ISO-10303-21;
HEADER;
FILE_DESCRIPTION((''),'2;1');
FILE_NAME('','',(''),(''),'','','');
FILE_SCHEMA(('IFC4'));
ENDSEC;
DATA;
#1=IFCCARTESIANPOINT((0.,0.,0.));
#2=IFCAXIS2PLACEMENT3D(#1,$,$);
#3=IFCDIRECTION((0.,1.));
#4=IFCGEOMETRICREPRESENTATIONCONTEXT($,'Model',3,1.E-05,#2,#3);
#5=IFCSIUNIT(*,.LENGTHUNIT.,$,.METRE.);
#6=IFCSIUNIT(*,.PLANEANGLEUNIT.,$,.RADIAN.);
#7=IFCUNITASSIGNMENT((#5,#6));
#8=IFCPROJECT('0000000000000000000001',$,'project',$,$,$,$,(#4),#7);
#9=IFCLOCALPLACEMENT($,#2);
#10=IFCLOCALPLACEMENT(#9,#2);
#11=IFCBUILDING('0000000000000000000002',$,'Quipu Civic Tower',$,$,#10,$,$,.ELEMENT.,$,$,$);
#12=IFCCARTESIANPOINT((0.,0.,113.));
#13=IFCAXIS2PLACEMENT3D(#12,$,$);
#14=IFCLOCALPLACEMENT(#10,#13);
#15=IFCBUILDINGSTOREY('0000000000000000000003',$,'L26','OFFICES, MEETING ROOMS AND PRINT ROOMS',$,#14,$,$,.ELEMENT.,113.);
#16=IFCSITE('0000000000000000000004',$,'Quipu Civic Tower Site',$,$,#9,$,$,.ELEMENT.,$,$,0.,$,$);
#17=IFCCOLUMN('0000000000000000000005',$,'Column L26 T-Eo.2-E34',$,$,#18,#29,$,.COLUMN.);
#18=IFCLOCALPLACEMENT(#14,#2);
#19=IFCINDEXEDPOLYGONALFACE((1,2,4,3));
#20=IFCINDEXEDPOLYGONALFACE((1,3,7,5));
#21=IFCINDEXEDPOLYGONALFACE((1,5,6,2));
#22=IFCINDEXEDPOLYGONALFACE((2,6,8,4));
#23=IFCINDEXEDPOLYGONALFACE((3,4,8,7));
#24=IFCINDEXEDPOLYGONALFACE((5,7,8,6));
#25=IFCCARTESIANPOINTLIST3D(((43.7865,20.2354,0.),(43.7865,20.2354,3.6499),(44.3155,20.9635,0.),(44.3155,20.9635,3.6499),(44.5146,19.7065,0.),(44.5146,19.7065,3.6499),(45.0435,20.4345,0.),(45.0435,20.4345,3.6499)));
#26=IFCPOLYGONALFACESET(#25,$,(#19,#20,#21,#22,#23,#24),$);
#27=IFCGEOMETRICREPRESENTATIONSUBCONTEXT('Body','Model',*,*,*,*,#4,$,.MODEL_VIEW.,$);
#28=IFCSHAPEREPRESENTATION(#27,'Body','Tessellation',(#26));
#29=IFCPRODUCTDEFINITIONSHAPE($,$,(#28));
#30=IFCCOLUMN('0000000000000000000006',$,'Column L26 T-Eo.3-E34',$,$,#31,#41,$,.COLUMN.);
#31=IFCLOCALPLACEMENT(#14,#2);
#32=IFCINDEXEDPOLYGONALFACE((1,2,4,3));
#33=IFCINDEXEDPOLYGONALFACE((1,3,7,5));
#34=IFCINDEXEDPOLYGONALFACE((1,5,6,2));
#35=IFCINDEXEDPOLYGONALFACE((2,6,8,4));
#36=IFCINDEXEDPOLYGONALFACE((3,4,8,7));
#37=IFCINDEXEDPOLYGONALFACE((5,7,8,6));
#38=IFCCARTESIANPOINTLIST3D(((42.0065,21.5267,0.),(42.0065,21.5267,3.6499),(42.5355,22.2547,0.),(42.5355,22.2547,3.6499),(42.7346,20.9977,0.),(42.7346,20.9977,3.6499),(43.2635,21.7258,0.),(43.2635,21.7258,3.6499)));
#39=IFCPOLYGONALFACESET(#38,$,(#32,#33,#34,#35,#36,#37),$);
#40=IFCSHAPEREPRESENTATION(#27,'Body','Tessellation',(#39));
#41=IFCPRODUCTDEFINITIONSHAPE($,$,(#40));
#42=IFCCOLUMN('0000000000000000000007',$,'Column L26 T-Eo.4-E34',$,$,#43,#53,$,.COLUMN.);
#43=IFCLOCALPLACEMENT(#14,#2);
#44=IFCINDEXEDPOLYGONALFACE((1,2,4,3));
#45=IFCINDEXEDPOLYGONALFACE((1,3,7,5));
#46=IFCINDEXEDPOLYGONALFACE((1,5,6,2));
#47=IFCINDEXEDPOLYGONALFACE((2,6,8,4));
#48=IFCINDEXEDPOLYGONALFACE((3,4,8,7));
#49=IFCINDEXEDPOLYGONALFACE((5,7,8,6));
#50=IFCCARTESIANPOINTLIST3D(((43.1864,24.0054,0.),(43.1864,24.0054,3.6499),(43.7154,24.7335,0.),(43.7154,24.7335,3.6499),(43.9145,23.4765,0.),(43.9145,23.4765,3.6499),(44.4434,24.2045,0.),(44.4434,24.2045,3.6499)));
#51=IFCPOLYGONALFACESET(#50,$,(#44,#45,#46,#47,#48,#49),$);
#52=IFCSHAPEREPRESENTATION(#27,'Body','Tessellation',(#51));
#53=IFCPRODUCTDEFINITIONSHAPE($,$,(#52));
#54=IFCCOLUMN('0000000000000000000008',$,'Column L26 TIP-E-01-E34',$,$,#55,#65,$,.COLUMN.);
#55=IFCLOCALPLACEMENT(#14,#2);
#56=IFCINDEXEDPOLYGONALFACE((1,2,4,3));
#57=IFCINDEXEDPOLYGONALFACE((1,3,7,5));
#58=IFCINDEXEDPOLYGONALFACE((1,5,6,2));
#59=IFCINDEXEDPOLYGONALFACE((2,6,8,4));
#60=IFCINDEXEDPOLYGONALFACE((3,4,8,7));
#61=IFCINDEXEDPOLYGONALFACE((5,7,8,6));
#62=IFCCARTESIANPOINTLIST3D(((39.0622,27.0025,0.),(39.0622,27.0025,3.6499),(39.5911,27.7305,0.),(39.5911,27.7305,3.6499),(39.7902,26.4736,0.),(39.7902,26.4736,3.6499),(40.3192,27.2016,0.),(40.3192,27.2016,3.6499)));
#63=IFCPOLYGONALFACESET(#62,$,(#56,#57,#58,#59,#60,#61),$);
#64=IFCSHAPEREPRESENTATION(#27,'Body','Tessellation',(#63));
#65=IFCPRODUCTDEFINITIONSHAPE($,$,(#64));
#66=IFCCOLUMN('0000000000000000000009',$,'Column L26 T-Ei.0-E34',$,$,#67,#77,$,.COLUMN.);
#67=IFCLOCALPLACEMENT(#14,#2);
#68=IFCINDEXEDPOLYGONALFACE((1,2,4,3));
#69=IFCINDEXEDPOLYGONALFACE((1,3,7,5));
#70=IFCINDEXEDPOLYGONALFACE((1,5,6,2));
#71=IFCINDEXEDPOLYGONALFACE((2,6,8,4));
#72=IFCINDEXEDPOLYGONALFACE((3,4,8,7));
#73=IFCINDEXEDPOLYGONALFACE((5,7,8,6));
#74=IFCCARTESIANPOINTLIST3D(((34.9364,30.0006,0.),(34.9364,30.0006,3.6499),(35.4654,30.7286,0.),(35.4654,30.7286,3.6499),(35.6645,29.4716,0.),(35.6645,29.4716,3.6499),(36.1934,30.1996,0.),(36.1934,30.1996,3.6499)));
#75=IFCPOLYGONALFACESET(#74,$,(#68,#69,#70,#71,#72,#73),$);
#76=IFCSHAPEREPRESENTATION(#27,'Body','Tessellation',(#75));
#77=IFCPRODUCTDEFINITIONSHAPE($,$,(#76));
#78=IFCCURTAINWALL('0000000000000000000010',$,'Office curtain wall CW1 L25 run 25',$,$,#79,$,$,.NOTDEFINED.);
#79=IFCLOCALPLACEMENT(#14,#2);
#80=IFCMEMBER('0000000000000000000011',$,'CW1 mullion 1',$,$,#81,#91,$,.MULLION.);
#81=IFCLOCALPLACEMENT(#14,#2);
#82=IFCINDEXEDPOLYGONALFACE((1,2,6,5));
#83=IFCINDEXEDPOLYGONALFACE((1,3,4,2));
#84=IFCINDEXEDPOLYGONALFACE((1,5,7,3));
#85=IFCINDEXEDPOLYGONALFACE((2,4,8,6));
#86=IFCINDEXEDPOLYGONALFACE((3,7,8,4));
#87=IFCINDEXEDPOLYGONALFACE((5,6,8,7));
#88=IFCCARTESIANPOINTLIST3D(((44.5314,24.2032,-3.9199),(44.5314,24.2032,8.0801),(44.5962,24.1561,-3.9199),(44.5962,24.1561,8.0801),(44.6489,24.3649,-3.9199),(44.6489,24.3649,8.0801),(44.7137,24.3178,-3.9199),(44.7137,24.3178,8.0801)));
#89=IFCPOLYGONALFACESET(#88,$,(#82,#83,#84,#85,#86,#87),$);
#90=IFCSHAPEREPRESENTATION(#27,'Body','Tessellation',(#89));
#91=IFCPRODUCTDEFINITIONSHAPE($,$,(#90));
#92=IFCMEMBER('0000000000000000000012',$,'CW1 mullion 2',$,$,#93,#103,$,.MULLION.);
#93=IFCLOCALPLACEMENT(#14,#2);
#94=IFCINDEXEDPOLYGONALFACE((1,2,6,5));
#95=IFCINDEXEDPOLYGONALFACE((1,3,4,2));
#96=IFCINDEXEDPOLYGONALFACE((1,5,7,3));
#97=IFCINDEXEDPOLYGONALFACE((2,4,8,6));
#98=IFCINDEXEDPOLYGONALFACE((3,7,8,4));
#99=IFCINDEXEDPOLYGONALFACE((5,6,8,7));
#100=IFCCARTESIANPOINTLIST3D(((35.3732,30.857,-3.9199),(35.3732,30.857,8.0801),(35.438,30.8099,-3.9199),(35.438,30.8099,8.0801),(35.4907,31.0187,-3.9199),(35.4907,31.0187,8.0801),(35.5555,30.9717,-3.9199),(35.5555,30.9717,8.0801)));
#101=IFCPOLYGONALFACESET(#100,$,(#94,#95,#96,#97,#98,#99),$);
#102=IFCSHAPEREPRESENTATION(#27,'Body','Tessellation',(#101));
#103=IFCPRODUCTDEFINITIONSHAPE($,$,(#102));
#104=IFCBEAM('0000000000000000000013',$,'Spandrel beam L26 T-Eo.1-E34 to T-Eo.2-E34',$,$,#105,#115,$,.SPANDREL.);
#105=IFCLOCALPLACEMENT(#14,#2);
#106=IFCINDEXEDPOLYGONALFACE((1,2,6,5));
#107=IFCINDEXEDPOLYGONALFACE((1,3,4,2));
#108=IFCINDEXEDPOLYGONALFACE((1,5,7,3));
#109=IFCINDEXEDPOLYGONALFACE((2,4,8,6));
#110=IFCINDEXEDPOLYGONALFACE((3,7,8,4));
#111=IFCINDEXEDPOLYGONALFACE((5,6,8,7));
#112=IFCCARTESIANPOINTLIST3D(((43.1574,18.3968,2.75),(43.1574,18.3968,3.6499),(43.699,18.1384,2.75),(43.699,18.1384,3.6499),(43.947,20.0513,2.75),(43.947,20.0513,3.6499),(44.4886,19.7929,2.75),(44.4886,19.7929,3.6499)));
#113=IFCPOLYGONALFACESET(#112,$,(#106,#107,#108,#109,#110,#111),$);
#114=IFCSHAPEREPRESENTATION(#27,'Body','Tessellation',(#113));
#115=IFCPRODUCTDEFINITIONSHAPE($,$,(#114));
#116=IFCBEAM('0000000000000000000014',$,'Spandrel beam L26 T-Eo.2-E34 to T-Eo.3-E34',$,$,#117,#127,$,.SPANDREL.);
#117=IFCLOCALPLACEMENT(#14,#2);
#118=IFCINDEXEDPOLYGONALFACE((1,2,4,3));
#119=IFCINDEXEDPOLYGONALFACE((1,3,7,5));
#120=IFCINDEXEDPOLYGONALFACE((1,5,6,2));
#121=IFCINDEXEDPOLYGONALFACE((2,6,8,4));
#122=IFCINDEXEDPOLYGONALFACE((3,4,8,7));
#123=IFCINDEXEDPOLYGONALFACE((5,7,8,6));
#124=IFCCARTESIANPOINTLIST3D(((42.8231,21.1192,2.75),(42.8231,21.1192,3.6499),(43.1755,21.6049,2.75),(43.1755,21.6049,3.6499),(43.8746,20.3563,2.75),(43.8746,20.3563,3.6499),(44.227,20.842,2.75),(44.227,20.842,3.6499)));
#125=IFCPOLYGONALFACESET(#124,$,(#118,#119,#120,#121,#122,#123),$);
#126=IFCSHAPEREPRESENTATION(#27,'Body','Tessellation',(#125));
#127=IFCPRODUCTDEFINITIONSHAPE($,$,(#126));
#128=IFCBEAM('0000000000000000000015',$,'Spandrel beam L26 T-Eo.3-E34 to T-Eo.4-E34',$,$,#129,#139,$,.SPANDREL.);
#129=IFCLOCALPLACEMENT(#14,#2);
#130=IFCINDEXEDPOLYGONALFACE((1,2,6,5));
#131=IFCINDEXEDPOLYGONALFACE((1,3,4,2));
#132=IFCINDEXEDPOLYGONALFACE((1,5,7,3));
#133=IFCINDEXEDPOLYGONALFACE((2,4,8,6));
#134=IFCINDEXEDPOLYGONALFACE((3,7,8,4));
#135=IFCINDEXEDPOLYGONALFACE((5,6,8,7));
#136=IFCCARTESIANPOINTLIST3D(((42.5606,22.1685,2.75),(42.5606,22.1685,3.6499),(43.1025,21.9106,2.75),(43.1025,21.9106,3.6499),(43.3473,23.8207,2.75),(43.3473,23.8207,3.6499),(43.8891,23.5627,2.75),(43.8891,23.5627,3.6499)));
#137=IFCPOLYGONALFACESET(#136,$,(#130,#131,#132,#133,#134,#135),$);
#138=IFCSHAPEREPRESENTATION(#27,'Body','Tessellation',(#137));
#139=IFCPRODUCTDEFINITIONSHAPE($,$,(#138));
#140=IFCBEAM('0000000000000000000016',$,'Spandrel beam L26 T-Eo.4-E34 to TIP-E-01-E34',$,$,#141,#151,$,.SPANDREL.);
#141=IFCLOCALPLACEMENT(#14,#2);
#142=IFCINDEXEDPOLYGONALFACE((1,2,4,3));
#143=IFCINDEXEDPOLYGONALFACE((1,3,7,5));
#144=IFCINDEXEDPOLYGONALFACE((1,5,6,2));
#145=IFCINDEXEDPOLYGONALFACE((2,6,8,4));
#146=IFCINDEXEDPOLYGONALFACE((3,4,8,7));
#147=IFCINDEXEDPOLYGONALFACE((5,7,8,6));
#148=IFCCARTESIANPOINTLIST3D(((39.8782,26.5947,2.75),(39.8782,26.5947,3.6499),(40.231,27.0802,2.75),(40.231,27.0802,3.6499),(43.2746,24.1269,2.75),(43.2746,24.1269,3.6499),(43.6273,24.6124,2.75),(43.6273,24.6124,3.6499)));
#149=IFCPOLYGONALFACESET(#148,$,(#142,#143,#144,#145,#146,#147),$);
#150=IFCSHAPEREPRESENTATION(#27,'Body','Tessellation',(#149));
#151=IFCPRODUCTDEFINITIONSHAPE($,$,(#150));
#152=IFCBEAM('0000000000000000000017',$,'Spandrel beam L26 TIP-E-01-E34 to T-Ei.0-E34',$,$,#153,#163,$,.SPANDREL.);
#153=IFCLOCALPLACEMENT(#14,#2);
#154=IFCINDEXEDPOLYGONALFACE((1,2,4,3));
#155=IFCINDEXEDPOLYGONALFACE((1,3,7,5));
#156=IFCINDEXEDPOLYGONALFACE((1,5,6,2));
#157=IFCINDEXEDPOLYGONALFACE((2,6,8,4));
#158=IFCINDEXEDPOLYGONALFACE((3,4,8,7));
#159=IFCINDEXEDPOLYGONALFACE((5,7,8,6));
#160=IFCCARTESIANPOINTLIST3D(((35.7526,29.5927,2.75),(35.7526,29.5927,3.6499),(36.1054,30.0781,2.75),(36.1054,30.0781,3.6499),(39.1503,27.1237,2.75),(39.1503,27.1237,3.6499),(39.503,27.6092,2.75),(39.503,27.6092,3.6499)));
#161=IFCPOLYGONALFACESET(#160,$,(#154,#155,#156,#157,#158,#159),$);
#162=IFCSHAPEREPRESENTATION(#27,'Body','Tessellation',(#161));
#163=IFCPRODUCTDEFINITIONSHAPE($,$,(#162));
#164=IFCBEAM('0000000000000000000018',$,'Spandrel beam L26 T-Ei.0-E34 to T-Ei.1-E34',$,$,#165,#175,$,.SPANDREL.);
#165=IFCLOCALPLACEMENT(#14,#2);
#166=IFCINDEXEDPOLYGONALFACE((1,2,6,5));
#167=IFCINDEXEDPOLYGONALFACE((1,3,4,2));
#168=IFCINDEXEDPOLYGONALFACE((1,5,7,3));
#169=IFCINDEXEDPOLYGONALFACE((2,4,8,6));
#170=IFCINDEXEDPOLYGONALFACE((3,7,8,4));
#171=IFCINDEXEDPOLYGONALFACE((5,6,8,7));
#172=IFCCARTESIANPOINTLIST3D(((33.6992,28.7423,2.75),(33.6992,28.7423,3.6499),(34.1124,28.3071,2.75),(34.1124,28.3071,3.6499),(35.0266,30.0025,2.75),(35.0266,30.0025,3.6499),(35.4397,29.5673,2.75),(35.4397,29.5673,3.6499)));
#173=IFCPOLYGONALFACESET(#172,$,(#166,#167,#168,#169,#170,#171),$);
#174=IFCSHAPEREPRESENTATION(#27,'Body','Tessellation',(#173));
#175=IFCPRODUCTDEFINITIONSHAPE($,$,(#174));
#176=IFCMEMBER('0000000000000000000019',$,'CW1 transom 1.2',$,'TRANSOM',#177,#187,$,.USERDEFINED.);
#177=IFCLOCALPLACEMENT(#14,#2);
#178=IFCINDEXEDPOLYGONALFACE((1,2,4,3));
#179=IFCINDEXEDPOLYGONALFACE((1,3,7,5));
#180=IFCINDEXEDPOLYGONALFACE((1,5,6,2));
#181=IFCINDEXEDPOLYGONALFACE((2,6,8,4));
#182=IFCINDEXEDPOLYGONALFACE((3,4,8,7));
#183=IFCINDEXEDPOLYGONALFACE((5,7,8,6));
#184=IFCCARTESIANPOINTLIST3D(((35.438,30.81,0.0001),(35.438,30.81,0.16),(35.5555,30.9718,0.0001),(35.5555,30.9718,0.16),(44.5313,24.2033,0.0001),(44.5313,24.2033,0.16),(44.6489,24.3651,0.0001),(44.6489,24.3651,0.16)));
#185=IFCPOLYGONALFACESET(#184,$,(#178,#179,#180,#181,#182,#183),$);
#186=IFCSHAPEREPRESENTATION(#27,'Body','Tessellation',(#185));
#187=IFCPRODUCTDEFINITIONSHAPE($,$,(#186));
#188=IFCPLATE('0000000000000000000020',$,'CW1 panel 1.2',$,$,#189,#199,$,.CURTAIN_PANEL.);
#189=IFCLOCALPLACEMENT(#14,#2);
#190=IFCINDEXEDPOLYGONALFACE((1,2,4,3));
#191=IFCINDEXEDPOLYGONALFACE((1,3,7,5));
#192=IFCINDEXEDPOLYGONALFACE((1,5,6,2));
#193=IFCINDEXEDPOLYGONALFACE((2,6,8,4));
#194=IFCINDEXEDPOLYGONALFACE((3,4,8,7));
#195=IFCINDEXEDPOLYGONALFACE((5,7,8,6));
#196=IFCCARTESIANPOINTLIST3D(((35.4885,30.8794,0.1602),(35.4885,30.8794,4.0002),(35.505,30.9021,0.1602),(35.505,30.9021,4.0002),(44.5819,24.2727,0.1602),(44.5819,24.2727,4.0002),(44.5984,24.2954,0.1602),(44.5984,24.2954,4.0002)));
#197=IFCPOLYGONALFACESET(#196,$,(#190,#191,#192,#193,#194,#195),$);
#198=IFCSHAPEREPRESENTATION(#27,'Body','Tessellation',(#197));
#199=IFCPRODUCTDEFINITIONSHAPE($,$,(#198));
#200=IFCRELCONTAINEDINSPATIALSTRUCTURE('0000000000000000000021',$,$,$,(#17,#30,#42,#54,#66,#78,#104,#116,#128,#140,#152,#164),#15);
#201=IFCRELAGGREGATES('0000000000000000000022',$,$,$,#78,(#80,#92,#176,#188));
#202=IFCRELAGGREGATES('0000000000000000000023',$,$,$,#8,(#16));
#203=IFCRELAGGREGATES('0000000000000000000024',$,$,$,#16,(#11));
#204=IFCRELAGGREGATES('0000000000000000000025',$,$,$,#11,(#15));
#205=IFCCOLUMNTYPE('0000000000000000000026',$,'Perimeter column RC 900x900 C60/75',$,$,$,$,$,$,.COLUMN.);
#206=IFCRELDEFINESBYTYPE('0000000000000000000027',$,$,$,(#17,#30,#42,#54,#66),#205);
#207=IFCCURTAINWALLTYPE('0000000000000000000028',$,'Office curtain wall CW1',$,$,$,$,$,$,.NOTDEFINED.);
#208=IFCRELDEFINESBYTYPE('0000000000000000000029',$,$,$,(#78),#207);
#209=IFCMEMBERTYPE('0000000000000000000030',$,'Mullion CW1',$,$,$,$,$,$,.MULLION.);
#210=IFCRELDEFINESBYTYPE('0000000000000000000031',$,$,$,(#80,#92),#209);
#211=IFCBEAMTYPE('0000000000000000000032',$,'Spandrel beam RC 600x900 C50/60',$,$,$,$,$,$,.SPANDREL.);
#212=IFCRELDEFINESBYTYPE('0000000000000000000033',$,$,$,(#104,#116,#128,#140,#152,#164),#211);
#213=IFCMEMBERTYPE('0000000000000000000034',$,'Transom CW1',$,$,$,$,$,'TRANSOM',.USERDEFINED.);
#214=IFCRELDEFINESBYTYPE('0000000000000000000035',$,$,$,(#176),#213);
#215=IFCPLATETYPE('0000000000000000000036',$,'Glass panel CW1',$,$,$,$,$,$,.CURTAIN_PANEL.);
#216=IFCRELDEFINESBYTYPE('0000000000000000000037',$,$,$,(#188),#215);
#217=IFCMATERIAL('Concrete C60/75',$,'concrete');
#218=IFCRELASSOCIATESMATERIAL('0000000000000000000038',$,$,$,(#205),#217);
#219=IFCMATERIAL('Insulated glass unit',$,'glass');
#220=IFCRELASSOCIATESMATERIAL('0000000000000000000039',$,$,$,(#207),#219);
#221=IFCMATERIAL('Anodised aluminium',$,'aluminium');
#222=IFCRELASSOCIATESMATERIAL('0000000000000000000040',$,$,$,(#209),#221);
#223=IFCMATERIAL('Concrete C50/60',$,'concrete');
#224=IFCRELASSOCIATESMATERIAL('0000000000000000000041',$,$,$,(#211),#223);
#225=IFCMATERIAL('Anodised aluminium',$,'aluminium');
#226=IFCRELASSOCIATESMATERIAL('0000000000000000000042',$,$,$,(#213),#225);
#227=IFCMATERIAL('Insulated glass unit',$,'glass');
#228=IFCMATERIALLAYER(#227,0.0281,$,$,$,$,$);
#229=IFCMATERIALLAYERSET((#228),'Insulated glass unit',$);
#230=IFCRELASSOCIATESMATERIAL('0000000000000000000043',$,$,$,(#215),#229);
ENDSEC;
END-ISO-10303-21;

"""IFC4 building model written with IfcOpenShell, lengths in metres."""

from ifc_helpers import new_model, si_unit, direction, frame, origin, origin_2d, place, context, subcontext, project, spatial, rectangle, extrude, material, layer, layer_set, material_profile, profile_set, type_object, element, aggregate, save


model = new_model("IFC4")

# Units and contexts
model_context = context("Model", 3, precision=1e-05, world=origin(), true_north=direction((0.0, 1.0)))
body_context = subcontext(model_context, "Body", "Model", "MODEL_VIEW")
ifc_project = project(units=[si_unit("LENGTHUNIT", "METRE"), si_unit("PLANEANGLEUNIT", "RADIAN")], contexts=[model_context])

# Site, building, storey
site_placement = place(None, origin())
site = spatial("IfcSite", under=ifc_project, at=site_placement, Name="Quipu Civic Tower Site", CompositionType="ELEMENT", RefElevation=0.0)
building_placement = place(site_placement, origin())
building = spatial("IfcBuilding", under=site, at=building_placement, Name="Quipu Civic Tower", CompositionType="ELEMENT")
storey_placement = place(building_placement, frame((0.0, 0.0, 113.0)))
storey = spatial("IfcBuildingStorey", under=building, at=storey_placement, Name="L26", Description="OFFICES, MEETING ROOMS AND PRINT ROOMS", CompositionType="ELEMENT", Elevation=113.0)

# Columns
ifc_material_1 = material(Name="Concrete C60/75", Category="concrete")
ifc_material_profile_1 = material_profile(ifc_material_1, rectangle(XDim=0.8999, YDim=0.8999, at=origin_2d()), Name="RC900x900")
ifc_profile_set_1 = profile_set([ifc_material_profile_1], Name="Concrete C60/75")
column_type = type_object("IfcColumnType", Name="Perimeter column RC 900x900 C60/75", PredefinedType="COLUMN", material=ifc_profile_set_1)
for number, where, z_axis, x_axis, name in (
    (1, (44.415, 20.335, 0.0), (0.0, 0.0, 1.0), (0.587785, 0.809017, 0.0), "Column L26 T-Eo.2-E34"),
    (2, (42.635, 21.6262, 0.0), (0.0, 0.0, 1.0), (-0.809017, 0.587785, 0.0), "Column L26 T-Eo.3-E34"),
    (3, (43.8149, 24.105, 0.0), (0.0, 0.0, 1.0), (-0.809017, 0.587785, 0.0), "Column L26 T-Eo.4-E34"),
    (4, (39.6907, 27.1021, 0.0), (0.0, 0.0, 1.0), (-0.809017, 0.587785, 0.0), "Column L26 TIP-E-01-E34"),
    (5, (35.5649, 30.1001, 0.0), (0.0, 0.0, 1.0), (-0.587785, -0.809017, 0.0), "Column L26 T-Ei.0-E34"),
):
    element("IfcColumn", number, at=place(storey_placement, frame(where, z_axis=z_axis, x_axis=x_axis)), inside=storey, type_object=column_type, Name=name, PredefinedType="COLUMN", context=body_context, shape_type="SweptSolid", body=[
        extrude(rectangle(XDim=0.8999, YDim=0.8999, at=origin_2d()), origin(), (0.0, 0.0, 1.0), 3.6499),
    ])

# Curtain wall, members
ifc_material_2 = material(Name="Insulated glass unit", Category="glass")
curtain_wall_type = type_object("IfcCurtainWallType", Name="Office curtain wall CW1", PredefinedType="NOTDEFINED", material=ifc_material_2)
curtain_wall_placement = place(storey_placement, origin())
curtain_wall = element("IfcCurtainWall", 6, at=curtain_wall_placement, inside=storey, type_object=curtain_wall_type, Name="Office curtain wall CW1 L25 run 25", PredefinedType="NOTDEFINED")
ifc_material_3 = material(Name="Anodised aluminium", Category="aluminium")
ifc_material_profile_2 = material_profile(ifc_material_3, rectangle(XDim=0.2, YDim=0.0801, at=origin_2d()), Name="RECT 200x80")
ifc_profile_set_2 = profile_set([ifc_material_profile_2], Name="Anodised aluminium")
member_type_1 = type_object("IfcMemberType", Name="Mullion CW1", PredefinedType="MULLION", material=ifc_profile_set_2)
member_1_placement = place(storey_placement, frame((44.6226, 24.2605, -3.9199), z_axis=(0.0, 0.0, 1.0), x_axis=(-0.587788, -0.809015, 0.0)))
member_1 = element("IfcMember", 7, at=member_1_placement, type_object=member_type_1, Name="CW1 mullion 1", PredefinedType="MULLION", context=body_context, shape_type="SweptSolid", body=[
    extrude(rectangle(XDim=0.2, YDim=0.0801, at=origin_2d()), origin(), (0.0, 0.0, 1.0), 12.0),
])
member_2_placement = place(storey_placement, frame((35.4644, 30.9143, -3.9199), z_axis=(0.0, 0.0, 1.0), x_axis=(-0.587788, -0.809015, 0.0)))
member_2 = element("IfcMember", 8, at=member_2_placement, type_object=member_type_1, Name="CW1 mullion 2", PredefinedType="MULLION", context=body_context, shape_type="SweptSolid", body=[
    extrude(rectangle(XDim=0.2, YDim=0.0801, at=origin_2d()), origin(), (0.0, 0.0, 1.0), 12.0),
])

# Beams
ifc_material_4 = material(Name="Concrete C50/60", Category="concrete")
ifc_material_profile_3 = material_profile(ifc_material_4, rectangle(XDim=0.6001, YDim=0.8999, at=origin_2d()), Name="RC600x900")
ifc_profile_set_3 = profile_set([ifc_material_profile_3], Name="Concrete C50/60")
beam_type = type_object("IfcBeamType", Name="Spandrel beam RC 600x900 C50/60", PredefinedType="SPANDREL", material=ifc_profile_set_3)
beam_1_placement = place(storey_placement, frame((43.4282, 18.2676, 3.2), z_axis=(0.430678, 0.902506, 0.0), x_axis=(-0.902506, 0.430678, 0.0)))
element("IfcBeam", 9, at=beam_1_placement, inside=storey, type_object=beam_type, Name="Spandrel beam L26 T-Eo.1-E34 to T-Eo.2-E34", PredefinedType="SPANDREL", context=body_context, shape_type="SweptSolid", body=[
    extrude(rectangle(XDim=0.6001, YDim=0.8999, at=origin_2d()), origin(), (0.0, 0.0, 1.0), 1.8333),
])
beam_2_placement = place(storey_placement, frame((44.0508, 20.5991, 3.2), z_axis=(-0.809394, 0.587266, 0.0), x_axis=(-0.587266, -0.809394, 0.0)))
element("IfcBeam", 10, at=beam_2_placement, inside=storey, type_object=beam_type, Name="Spandrel beam L26 T-Eo.2-E34 to T-Eo.3-E34", PredefinedType="SPANDREL", context=body_context, shape_type="SweptSolid", body=[
    extrude(rectangle(XDim=0.6001, YDim=0.8999, at=origin_2d()), origin(), (0.0, 0.0, 1.0), 1.2991),
])
beam_3_placement = place(storey_placement, frame((42.8315, 22.0396, 3.2), z_axis=(0.429892, 0.90288, 0.0), x_axis=(-0.90288, 0.429892, 0.0)))
element("IfcBeam", 11, at=beam_3_placement, inside=storey, type_object=beam_type, Name="Spandrel beam L26 T-Eo.3-E34 to T-Eo.4-E34", PredefinedType="SPANDREL", context=body_context, shape_type="SweptSolid", body=[
    extrude(rectangle(XDim=0.6001, YDim=0.8999, at=origin_2d()), origin(), (0.0, 0.0, 1.0), 1.8298),
])
beam_4_placement = place(storey_placement, frame((43.4509, 24.3696, 3.2), z_axis=(-0.808987, 0.587826, 0.0), x_axis=(-0.587826, -0.808987, 0.0)))
element("IfcBeam", 12, at=beam_4_placement, inside=storey, type_object=beam_type, Name="Spandrel beam L26 T-Eo.4-E34 to TIP-E-01-E34", PredefinedType="SPANDREL", context=body_context, shape_type="SweptSolid", body=[
    extrude(rectangle(XDim=0.6001, YDim=0.8999, at=origin_2d()), origin(), (0.0, 0.0, 1.0), 4.1982),
])
beam_5_placement = place(storey_placement, frame((39.3267, 27.3665, 3.2), z_axis=(-0.80897, 0.58785, 0.0), x_axis=(-0.58785, -0.80897, 0.0)))
element("IfcBeam", 13, at=beam_5_placement, inside=storey, type_object=beam_type, Name="Spandrel beam L26 TIP-E-01-E34 to T-Ei.0-E34", PredefinedType="SPANDREL", context=body_context, shape_type="SweptSolid", body=[
    extrude(rectangle(XDim=0.6001, YDim=0.8999, at=origin_2d()), origin(), (0.0, 0.0, 1.0), 4.2),
])
beam_6_placement = place(storey_placement, frame((35.2332, 29.7849, 3.2), z_axis=(-0.725209, -0.688529, 0.0), x_axis=(0.688529, -0.725209, 0.0)))
element("IfcBeam", 14, at=beam_6_placement, inside=storey, type_object=beam_type, Name="Spandrel beam L26 T-Ei.0-E34 to T-Ei.1-E34", PredefinedType="SPANDREL", context=body_context, shape_type="SweptSolid", body=[
    extrude(rectangle(XDim=0.6001, YDim=0.8999, at=origin_2d()), origin(), (0.0, 0.0, 1.0), 1.8303),
])

# Member
ifc_material_5 = material(Name="Anodised aluminium", Category="aluminium")
ifc_material_profile_4 = material_profile(ifc_material_5, rectangle(XDim=0.2, YDim=0.1599, at=origin_2d()), Name="RECT 200x160")
ifc_profile_set_4 = profile_set([ifc_material_profile_4], Name="Anodised aluminium")
member_type_2 = type_object("IfcMemberType", Name="Transom CW1", ElementType="TRANSOM", PredefinedType="USERDEFINED", material=ifc_profile_set_4)
member_3_placement = place(storey_placement, frame((44.5901, 24.2842, 0.0801), z_axis=(-0.809015, 0.587788, 0.0), x_axis=(-0.587788, -0.809015, 0.0)))
member_3 = element("IfcMember", 15, at=member_3_placement, type_object=member_type_2, Name="CW1 transom 1.2", ObjectType="TRANSOM", PredefinedType="USERDEFINED", context=body_context, shape_type="SweptSolid", body=[
    extrude(rectangle(XDim=0.2, YDim=0.1599, at=origin_2d()), origin(), (0.0, 0.0, 1.0), 11.24),
])

# Plate
ifc_material_6 = material(Name="Insulated glass unit", Category="glass")
ifc_layer_1 = layer(ifc_material_6, 0.0281)
ifc_layer_set_1 = layer_set([ifc_layer_1], Name="Insulated glass unit")
plate_type_1 = type_object("IfcPlateType", Name="Glass panel CW1", PredefinedType="CURTAIN_PANEL", material=ifc_layer_set_1)
plate_placement = place(storey_placement, frame((40.0435, 27.5874, 0.1602), z_axis=(0.0, 0.0, 1.0), x_axis=(-0.809015, 0.587788, 0.0)))
plate = element("IfcPlate", 16, at=plate_placement, type_object=plate_type_1, Name="CW1 panel 1.2", PredefinedType="CURTAIN_PANEL", context=body_context, shape_type="SweptSolid", body=[
    extrude(rectangle(XDim=11.24, YDim=0.0281, at=origin_2d()), origin(), (0.0, 0.0, 1.0), 3.8401),
])
aggregate(curtain_wall, [member_1, member_2, member_3, plate])

save(model, "model.ifc")
